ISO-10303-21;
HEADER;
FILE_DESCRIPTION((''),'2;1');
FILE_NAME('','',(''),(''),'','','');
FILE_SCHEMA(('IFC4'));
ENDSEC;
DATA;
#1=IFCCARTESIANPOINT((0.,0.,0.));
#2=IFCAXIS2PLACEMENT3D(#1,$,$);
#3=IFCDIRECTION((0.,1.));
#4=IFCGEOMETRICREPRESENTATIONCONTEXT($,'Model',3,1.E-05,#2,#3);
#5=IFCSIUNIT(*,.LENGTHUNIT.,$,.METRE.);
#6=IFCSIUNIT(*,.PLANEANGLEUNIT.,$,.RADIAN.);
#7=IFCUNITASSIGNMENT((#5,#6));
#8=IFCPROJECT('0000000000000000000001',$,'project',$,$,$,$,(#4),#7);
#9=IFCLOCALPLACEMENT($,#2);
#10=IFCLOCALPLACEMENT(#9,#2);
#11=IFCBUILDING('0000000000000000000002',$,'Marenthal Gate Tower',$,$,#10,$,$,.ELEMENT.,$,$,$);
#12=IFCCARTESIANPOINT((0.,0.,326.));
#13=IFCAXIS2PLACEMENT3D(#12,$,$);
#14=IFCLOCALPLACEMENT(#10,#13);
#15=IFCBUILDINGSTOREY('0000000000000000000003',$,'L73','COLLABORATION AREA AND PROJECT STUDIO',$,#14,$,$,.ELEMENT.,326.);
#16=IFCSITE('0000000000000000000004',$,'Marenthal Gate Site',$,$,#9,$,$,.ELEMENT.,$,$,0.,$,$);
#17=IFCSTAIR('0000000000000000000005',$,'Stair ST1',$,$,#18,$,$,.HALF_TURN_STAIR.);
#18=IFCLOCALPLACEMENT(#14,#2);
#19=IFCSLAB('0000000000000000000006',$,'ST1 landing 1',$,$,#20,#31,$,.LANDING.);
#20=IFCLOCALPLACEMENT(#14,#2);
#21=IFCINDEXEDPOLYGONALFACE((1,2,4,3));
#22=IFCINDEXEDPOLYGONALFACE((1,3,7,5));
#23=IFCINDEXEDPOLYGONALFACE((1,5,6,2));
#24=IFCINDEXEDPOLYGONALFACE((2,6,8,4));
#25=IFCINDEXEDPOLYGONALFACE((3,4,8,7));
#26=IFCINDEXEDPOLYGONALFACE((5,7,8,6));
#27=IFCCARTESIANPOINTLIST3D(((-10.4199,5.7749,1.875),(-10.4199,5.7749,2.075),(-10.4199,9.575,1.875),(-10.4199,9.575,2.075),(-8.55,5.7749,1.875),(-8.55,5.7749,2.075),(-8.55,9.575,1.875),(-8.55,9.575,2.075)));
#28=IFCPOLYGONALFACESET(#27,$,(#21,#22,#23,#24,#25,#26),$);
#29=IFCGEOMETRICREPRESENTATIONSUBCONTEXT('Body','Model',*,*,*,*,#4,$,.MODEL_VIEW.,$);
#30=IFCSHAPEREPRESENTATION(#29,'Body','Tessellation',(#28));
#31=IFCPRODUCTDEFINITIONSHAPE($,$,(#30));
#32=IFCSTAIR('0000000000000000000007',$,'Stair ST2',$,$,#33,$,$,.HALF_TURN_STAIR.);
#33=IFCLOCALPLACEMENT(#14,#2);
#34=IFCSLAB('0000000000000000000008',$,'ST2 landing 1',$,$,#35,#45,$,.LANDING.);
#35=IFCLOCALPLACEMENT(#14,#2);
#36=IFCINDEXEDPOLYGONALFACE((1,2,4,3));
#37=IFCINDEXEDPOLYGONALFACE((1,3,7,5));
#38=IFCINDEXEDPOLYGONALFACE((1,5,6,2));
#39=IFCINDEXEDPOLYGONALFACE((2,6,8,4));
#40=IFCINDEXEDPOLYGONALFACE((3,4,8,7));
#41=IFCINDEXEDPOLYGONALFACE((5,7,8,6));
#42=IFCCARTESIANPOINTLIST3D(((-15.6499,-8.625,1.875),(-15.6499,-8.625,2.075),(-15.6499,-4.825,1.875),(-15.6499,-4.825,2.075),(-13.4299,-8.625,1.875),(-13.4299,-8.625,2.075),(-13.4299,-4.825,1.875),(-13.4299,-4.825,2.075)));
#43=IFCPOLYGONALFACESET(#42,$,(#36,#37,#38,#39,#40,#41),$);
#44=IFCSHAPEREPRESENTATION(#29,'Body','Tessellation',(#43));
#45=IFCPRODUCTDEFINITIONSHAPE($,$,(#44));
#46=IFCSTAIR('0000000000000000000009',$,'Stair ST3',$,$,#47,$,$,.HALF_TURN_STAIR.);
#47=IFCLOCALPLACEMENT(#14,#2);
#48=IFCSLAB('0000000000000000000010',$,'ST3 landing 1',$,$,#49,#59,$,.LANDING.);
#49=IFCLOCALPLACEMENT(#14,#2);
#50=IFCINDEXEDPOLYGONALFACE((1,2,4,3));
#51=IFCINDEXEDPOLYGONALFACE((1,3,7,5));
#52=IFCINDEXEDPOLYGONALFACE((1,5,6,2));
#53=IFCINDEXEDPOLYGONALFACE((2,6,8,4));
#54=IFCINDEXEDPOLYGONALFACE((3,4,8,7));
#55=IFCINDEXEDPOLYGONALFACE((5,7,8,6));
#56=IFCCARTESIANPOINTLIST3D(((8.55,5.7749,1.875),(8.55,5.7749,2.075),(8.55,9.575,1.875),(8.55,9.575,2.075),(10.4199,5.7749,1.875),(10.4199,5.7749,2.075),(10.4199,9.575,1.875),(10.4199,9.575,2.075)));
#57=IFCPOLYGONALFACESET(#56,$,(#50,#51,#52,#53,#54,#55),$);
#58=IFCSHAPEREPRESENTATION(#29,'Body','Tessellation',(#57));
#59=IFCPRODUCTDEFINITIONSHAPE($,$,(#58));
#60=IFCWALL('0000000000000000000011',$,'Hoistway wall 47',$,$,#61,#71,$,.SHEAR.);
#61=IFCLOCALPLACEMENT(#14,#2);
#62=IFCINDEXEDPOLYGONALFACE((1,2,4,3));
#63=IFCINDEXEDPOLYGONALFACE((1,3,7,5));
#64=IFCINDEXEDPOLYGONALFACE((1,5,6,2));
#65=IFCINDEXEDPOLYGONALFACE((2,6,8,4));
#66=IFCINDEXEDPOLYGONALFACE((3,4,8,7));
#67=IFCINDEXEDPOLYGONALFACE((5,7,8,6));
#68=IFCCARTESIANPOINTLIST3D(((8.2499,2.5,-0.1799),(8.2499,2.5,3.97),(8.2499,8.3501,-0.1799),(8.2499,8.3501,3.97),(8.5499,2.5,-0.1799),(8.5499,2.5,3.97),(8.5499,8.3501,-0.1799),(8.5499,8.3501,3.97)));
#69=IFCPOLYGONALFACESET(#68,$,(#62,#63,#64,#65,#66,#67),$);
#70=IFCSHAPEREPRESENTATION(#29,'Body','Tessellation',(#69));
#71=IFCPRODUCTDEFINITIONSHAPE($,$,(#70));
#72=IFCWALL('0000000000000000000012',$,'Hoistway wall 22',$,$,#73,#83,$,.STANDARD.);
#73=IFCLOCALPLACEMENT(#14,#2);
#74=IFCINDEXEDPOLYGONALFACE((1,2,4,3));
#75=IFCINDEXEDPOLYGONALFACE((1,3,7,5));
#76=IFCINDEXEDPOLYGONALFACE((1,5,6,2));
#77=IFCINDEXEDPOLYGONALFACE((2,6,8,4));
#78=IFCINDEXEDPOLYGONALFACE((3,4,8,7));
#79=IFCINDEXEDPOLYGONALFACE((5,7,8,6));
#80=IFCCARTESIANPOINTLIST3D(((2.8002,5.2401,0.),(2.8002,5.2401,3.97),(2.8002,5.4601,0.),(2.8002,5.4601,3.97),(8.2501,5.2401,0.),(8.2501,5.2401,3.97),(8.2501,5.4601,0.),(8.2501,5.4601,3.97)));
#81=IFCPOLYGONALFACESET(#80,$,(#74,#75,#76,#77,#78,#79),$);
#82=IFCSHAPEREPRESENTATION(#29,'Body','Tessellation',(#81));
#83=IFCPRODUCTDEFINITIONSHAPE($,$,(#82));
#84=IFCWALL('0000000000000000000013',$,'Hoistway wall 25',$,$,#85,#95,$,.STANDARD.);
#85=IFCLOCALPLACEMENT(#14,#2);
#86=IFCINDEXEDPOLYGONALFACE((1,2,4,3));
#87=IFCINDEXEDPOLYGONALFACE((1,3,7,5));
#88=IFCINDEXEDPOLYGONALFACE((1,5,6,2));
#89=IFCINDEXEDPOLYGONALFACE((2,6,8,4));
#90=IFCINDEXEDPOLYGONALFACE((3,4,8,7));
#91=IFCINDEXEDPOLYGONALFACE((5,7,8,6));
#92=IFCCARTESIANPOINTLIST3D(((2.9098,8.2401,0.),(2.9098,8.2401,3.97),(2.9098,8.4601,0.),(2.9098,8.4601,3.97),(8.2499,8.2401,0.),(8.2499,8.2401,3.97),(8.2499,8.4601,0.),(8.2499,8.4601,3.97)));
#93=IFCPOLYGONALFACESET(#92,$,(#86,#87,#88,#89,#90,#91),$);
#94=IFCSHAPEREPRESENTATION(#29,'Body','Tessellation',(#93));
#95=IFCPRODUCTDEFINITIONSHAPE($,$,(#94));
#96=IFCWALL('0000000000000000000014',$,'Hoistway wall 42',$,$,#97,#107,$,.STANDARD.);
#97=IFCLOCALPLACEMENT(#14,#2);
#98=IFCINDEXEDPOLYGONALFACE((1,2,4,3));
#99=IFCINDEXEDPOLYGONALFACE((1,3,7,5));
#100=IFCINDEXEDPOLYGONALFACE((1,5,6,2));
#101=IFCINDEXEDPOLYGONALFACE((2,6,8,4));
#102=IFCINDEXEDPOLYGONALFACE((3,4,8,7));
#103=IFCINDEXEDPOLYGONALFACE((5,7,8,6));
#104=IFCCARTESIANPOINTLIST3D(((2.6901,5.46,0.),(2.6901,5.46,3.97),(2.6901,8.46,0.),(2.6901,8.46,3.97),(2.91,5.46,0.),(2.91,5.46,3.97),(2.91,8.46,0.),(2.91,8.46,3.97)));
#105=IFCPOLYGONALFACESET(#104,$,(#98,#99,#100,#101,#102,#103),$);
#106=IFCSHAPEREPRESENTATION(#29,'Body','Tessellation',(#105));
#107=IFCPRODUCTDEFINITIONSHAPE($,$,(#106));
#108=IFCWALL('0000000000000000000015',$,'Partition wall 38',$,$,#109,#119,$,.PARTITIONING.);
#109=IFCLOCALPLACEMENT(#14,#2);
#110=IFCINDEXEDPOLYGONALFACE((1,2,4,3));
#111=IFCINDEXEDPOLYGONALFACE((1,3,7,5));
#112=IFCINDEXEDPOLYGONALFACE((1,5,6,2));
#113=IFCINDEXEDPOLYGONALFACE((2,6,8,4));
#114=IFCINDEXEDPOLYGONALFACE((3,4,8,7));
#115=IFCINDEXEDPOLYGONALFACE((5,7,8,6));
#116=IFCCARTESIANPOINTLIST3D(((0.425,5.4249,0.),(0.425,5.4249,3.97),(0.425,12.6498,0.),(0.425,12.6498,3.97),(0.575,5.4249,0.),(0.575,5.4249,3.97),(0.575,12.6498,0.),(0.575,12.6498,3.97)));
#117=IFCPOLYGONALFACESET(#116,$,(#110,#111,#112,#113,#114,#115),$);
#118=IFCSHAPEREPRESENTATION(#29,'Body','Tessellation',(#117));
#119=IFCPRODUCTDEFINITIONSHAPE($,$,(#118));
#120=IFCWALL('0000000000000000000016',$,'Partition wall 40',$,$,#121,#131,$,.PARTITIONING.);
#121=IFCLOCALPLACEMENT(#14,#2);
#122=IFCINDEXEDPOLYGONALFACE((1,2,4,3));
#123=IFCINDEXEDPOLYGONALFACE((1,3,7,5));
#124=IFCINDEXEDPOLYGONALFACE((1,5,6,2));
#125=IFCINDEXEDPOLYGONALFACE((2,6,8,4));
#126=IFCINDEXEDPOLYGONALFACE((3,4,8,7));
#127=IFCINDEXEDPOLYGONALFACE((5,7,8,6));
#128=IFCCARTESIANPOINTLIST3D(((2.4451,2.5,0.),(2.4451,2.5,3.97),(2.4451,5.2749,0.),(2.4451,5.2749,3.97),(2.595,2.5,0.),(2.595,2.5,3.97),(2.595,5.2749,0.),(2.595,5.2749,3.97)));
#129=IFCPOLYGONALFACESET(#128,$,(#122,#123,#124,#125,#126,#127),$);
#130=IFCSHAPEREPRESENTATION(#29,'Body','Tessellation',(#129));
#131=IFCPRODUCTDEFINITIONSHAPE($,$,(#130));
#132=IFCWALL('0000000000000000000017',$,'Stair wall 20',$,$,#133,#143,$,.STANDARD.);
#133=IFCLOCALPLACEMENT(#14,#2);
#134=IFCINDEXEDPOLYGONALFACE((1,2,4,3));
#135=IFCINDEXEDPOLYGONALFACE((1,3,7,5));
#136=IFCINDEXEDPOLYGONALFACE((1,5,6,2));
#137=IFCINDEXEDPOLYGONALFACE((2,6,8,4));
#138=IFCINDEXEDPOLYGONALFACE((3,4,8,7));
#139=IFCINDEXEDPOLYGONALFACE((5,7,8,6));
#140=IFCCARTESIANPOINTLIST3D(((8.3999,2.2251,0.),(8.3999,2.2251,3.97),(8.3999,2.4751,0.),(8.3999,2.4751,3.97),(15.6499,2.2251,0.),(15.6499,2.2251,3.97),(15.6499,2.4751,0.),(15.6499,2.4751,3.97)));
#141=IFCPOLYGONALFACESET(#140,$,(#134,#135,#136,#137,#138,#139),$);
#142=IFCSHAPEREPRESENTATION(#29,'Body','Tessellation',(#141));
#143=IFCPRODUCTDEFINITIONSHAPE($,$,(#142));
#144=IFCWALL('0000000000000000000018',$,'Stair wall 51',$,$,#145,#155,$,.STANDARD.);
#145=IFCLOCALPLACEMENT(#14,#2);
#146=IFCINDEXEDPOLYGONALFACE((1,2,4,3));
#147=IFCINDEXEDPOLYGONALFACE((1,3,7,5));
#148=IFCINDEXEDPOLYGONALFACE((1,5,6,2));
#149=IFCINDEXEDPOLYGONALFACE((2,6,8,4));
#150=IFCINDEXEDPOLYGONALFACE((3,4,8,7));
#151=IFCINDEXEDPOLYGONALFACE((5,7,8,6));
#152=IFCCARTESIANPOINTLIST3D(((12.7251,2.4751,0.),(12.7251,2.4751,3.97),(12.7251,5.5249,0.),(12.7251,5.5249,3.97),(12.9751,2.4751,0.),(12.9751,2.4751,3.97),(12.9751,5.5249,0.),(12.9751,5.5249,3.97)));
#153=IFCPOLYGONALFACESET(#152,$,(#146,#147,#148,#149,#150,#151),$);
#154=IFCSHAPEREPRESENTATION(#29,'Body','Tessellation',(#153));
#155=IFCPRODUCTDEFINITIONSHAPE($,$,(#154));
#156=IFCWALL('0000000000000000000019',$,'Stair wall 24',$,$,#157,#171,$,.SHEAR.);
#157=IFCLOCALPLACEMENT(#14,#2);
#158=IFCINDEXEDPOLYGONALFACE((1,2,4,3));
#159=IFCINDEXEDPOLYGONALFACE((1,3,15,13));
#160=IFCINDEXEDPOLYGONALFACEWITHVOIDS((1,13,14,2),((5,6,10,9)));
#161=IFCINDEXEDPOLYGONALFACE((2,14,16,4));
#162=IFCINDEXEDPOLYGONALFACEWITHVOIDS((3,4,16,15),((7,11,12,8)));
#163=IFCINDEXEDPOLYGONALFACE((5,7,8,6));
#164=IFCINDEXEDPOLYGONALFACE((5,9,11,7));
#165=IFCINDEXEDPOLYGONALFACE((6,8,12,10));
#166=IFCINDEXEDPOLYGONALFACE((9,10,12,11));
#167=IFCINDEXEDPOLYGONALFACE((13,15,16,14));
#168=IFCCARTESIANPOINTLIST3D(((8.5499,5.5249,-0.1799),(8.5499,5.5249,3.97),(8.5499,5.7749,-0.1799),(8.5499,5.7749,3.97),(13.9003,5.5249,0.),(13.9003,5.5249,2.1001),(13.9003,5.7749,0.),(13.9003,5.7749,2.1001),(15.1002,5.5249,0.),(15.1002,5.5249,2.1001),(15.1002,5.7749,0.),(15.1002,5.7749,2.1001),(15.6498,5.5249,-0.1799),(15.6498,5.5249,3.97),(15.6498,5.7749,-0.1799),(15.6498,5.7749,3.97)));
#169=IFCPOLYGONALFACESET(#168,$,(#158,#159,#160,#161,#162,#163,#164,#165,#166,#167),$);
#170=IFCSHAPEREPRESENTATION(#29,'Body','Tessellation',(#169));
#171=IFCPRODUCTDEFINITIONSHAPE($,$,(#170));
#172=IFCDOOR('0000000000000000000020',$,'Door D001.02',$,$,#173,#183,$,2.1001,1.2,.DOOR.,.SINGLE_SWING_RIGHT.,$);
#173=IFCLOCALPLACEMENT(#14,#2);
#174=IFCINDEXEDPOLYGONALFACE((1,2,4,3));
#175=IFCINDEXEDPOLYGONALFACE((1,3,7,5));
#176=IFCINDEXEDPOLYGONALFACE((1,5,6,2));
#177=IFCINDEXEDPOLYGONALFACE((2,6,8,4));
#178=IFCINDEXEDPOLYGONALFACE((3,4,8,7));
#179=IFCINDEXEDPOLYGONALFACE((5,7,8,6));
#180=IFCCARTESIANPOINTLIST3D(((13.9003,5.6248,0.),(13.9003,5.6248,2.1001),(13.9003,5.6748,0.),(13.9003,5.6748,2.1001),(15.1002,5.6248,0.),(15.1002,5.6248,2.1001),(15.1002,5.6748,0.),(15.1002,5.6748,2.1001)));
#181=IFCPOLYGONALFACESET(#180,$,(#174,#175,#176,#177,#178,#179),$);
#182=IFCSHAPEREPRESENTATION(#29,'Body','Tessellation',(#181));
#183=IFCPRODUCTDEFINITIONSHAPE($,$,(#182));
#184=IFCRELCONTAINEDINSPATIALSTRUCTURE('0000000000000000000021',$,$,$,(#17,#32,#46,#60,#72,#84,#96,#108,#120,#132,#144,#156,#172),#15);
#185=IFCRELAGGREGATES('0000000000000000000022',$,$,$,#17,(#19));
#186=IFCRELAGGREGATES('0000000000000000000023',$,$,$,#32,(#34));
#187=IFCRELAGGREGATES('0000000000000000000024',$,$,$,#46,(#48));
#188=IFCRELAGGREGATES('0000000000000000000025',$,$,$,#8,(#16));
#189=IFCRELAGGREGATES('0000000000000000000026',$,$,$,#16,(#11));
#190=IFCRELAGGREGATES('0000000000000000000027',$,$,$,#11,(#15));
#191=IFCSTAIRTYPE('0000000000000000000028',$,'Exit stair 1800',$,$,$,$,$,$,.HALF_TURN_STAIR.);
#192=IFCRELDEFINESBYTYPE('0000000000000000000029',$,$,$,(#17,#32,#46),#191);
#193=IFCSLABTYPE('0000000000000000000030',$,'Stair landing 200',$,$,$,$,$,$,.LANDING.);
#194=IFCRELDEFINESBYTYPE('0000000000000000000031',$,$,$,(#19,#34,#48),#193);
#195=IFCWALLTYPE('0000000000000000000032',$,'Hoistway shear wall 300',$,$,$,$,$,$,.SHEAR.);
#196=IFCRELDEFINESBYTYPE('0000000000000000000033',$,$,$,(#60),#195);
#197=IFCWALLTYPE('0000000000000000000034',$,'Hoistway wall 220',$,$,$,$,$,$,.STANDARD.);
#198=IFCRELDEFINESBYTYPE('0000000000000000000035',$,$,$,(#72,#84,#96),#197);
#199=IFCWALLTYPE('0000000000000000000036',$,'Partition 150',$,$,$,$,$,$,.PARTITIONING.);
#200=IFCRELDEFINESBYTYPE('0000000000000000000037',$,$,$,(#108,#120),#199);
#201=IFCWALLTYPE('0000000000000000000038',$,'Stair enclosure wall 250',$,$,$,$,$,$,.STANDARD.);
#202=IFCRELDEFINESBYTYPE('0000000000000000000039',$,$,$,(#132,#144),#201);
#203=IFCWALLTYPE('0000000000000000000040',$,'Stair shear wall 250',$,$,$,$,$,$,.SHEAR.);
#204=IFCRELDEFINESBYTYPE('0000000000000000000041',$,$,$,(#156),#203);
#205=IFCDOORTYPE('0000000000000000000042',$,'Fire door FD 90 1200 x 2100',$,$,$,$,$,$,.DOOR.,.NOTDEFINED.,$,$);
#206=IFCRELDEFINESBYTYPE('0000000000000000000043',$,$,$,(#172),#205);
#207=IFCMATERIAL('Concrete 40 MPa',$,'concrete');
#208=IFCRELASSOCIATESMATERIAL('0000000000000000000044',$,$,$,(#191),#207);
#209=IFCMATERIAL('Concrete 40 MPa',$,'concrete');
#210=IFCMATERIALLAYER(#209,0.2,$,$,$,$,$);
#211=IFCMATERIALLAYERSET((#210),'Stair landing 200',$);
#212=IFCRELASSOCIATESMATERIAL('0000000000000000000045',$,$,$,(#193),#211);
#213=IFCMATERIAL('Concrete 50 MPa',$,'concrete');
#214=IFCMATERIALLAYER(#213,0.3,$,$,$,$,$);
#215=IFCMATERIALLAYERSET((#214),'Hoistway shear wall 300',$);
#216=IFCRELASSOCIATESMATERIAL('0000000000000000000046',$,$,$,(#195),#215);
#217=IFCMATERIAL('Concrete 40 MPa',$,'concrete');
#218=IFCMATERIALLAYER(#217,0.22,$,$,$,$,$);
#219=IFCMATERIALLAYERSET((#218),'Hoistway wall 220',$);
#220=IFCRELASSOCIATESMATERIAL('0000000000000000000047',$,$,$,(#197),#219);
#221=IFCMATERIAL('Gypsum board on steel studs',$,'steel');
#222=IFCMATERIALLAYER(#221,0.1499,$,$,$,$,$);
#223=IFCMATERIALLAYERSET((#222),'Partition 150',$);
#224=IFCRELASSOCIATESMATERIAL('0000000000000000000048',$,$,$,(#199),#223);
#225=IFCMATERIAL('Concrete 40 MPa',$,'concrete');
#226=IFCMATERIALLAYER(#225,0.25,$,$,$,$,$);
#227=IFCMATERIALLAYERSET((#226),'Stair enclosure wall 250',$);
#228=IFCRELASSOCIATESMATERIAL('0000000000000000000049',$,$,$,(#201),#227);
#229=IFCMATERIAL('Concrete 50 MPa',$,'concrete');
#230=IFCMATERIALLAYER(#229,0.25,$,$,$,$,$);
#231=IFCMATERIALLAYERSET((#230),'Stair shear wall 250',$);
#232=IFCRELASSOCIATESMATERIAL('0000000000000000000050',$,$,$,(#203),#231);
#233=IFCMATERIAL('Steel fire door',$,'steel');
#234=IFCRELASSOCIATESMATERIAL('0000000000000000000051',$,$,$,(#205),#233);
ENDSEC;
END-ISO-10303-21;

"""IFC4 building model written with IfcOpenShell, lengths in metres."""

from ifc_helpers import new_model, si_unit, direction, frame, frame_2d, origin, place, context, subcontext, project, spatial, polyline, rectangle, outline, extrude, material, layer, layer_set, type_object, element, fill, aggregate, save


model = new_model("IFC4")

# Units and contexts
model_context = context("Model", 3, precision=1e-05, world=origin(), true_north=direction((0.0, 1.0)))
body_context = subcontext(model_context, "Body", "Model", "MODEL_VIEW")
ifc_project = project(units=[si_unit("LENGTHUNIT", "METRE"), si_unit("PLANEANGLEUNIT", "RADIAN")], contexts=[model_context])

# Site, building, storey
site_placement = place(None, origin())
site = spatial("IfcSite", under=ifc_project, at=site_placement, Name="Marenthal Gate Site", CompositionType="ELEMENT", RefElevation=0.0)
building_placement = place(site_placement, origin())
building = spatial("IfcBuilding", under=site, at=building_placement, Name="Marenthal Gate Tower", CompositionType="ELEMENT")
storey_placement = place(building_placement, frame((0.0, 0.0, 326.0)))
storey = spatial("IfcBuildingStorey", under=building, at=storey_placement, Name="L73", Description="COLLABORATION AREA AND PROJECT STUDIO", CompositionType="ELEMENT", Elevation=326.0)

# Stairs, slabs
ifc_material_1 = material(Name="Concrete 40 MPa", Category="concrete")
stair_type = type_object("IfcStairType", Name="Exit stair 1800", PredefinedType="HALF_TURN_STAIR", material=ifc_material_1)
stair_1_placement = place(storey_placement, origin())
stair_1 = element("IfcStair", 1, at=stair_1_placement, inside=storey, type_object=stair_type, Name="Stair ST1", PredefinedType="HALF_TURN_STAIR")
ifc_material_2 = material(Name="Concrete 40 MPa", Category="concrete")
ifc_layer_1 = layer(ifc_material_2, 0.2)
ifc_layer_set_1 = layer_set([ifc_layer_1], Name="Stair landing 200")
slab_type = type_object("IfcSlabType", Name="Stair landing 200", PredefinedType="LANDING", material=ifc_layer_set_1)
slab_1_placement = place(storey_placement, frame((0.0, 0.0, 1.875)))
slab_1 = element("IfcSlab", 2, at=slab_1_placement, type_object=slab_type, Name="ST1 landing 1", PredefinedType="LANDING", context=body_context, shape_type="SweptSolid", body=[
    extrude(outline(polyline([(-10.4199, 5.7749), (-8.55, 5.7749), (-8.55, 9.575), (-10.4199, 9.575), (-10.4199, 5.7749)])), origin(), (0.0, 0.0, 1.0), 0.2),
])
aggregate(stair_1, [slab_1])
stair_2_placement = place(storey_placement, origin())
stair_2 = element("IfcStair", 3, at=stair_2_placement, inside=storey, type_object=stair_type, Name="Stair ST2", PredefinedType="HALF_TURN_STAIR")
slab_2_placement = place(storey_placement, frame((0.0, 0.0, 1.875)))
slab_2 = element("IfcSlab", 4, at=slab_2_placement, type_object=slab_type, Name="ST2 landing 1", PredefinedType="LANDING", context=body_context, shape_type="SweptSolid", body=[
    extrude(outline(polyline([(-15.6499, -8.625), (-13.4299, -8.625), (-13.4299, -4.825), (-15.6499, -4.825), (-15.6499, -8.625)])), origin(), (0.0, 0.0, 1.0), 0.2),
])
aggregate(stair_2, [slab_2])
stair_3_placement = place(storey_placement, origin())
stair_3 = element("IfcStair", 5, at=stair_3_placement, inside=storey, type_object=stair_type, Name="Stair ST3", PredefinedType="HALF_TURN_STAIR")
slab_3_placement = place(storey_placement, frame((0.0, 0.0, 1.875)))
slab_3 = element("IfcSlab", 6, at=slab_3_placement, type_object=slab_type, Name="ST3 landing 1", PredefinedType="LANDING", context=body_context, shape_type="SweptSolid", body=[
    extrude(outline(polyline([(8.55, 5.7749), (10.4199, 5.7749), (10.4199, 9.575), (8.55, 9.575), (8.55, 5.7749)])), origin(), (0.0, 0.0, 1.0), 0.2),
])

# Walls
ifc_material_3 = material(Name="Concrete 50 MPa", Category="concrete")
ifc_layer_2 = layer(ifc_material_3, 0.3)
ifc_layer_set_2 = layer_set([ifc_layer_2], Name="Hoistway shear wall 300")
wall_type_1 = type_object("IfcWallType", Name="Hoistway shear wall 300", PredefinedType="SHEAR", material=ifc_layer_set_2)
wall_1_placement = place(storey_placement, frame((8.3999, 2.5, -0.1799), z_axis=(0.0, 0.0, 1.0), x_axis=(0.0, 1.0, 0.0)))
element("IfcWall", 7, at=wall_1_placement, inside=storey, type_object=wall_type_1, Name="Hoistway wall 47", PredefinedType="SHEAR", context=body_context, shape_type="SweptSolid", body=[
    extrude(rectangle(XDim=5.8501, YDim=0.3, at=frame_2d((2.925, 0.0))), origin(), (0.0, 0.0, 1.0), 4.1499),
])
ifc_material_4 = material(Name="Concrete 40 MPa", Category="concrete")
ifc_layer_3 = layer(ifc_material_4, 0.22)
ifc_layer_set_3 = layer_set([ifc_layer_3], Name="Hoistway wall 220")
wall_type_2 = type_object("IfcWallType", Name="Hoistway wall 220", PredefinedType="STANDARD", material=ifc_layer_set_3)
wall_2_placement = place(storey_placement, frame((2.8, 5.3501, 0.0), z_axis=(0.0, 0.0, 1.0), x_axis=(1.0, 0.0, 0.0)))
element("IfcWall", 8, at=wall_2_placement, inside=storey, type_object=wall_type_2, Name="Hoistway wall 22", PredefinedType="STANDARD", context=body_context, shape_type="SweptSolid", body=[
    extrude(rectangle(XDim=5.45, YDim=0.22, at=frame_2d((2.7251, 0.0))), origin(), (0.0, 0.0, 1.0), 3.97),
])
wall_3_placement = place(storey_placement, frame((2.9099, 8.3501, 0.0), z_axis=(0.0, 0.0, 1.0), x_axis=(1.0, 0.0, 0.0)))
element("IfcWall", 9, at=wall_3_placement, inside=storey, type_object=wall_type_2, Name="Hoistway wall 25", PredefinedType="STANDARD", context=body_context, shape_type="SweptSolid", body=[
    extrude(rectangle(XDim=5.3401, YDim=0.22, at=frame_2d((2.6699, 0.0))), origin(), (0.0, 0.0, 1.0), 3.97),
])
wall_4_placement = place(storey_placement, frame((2.8, 5.46, 0.0), z_axis=(0.0, 0.0, 1.0), x_axis=(0.0, 1.0, 0.0)))
element("IfcWall", 10, at=wall_4_placement, inside=storey, type_object=wall_type_2, Name="Hoistway wall 42", PredefinedType="STANDARD", context=body_context, shape_type="SweptSolid", body=[
    extrude(rectangle(XDim=3.0, YDim=0.22, at=frame_2d((1.5, 0.0))), origin(), (0.0, 0.0, 1.0), 3.97),
])
ifc_material_5 = material(Name="Gypsum board on steel studs", Category="steel")
ifc_layer_4 = layer(ifc_material_5, 0.1499)
ifc_layer_set_4 = layer_set([ifc_layer_4], Name="Partition 150")
wall_type_3 = type_object("IfcWallType", Name="Partition 150", PredefinedType="PARTITIONING", material=ifc_layer_set_4)
wall_5_placement = place(storey_placement, frame((0.5, 5.425, 0.0), z_axis=(0.0, 0.0, 1.0), x_axis=(0.0, 1.0, 0.0)))
element("IfcWall", 11, at=wall_5_placement, inside=storey, type_object=wall_type_3, Name="Partition wall 38", PredefinedType="PARTITIONING", context=body_context, shape_type="SweptSolid", body=[
    extrude(rectangle(XDim=7.2249, YDim=0.1499, at=frame_2d((3.6123, 0.0))), origin(), (0.0, 0.0, 1.0), 3.97),
])
wall_6_placement = place(storey_placement, frame((2.52, 2.5, 0.0), z_axis=(0.0, 0.0, 1.0), x_axis=(0.0, 1.0, 0.0)))
element("IfcWall", 12, at=wall_6_placement, inside=storey, type_object=wall_type_3, Name="Partition wall 40", PredefinedType="PARTITIONING", context=body_context, shape_type="SweptSolid", body=[
    extrude(rectangle(XDim=2.7749, YDim=0.1499, at=frame_2d((1.3875, 0.0))), origin(), (0.0, 0.0, 1.0), 3.97),
])
ifc_material_6 = material(Name="Concrete 40 MPa", Category="concrete")
ifc_layer_5 = layer(ifc_material_6, 0.25)
ifc_layer_set_5 = layer_set([ifc_layer_5], Name="Stair enclosure wall 250")
wall_type_4 = type_object("IfcWallType", Name="Stair enclosure wall 250", PredefinedType="STANDARD", material=ifc_layer_set_5)
wall_7_placement = place(storey_placement, frame((8.3999, 2.3501, 0.0), z_axis=(0.0, 0.0, 1.0), x_axis=(1.0, 0.0, 0.0)))
element("IfcWall", 13, at=wall_7_placement, inside=storey, type_object=wall_type_4, Name="Stair wall 20", PredefinedType="STANDARD", context=body_context, shape_type="SweptSolid", body=[
    extrude(rectangle(XDim=7.25, YDim=0.25, at=frame_2d((3.625, 0.0))), origin(), (0.0, 0.0, 1.0), 3.97),
])
wall_8_placement = place(storey_placement, frame((12.8501, 2.4751, 0.0), z_axis=(0.0, 0.0, 1.0), x_axis=(0.0, 1.0, 0.0)))
element("IfcWall", 14, at=wall_8_placement, inside=storey, type_object=wall_type_4, Name="Stair wall 51", PredefinedType="STANDARD", context=body_context, shape_type="SweptSolid", body=[
    extrude(rectangle(XDim=3.0498, YDim=0.25, at=frame_2d((1.5249, 0.0))), origin(), (0.0, 0.0, 1.0), 3.97),
])

# Wall, opening, door
ifc_material_7 = material(Name="Concrete 50 MPa", Category="concrete")
ifc_layer_6 = layer(ifc_material_7, 0.25)
ifc_layer_set_6 = layer_set([ifc_layer_6], Name="Stair shear wall 250")
wall_type_5 = type_object("IfcWallType", Name="Stair shear wall 250", PredefinedType="SHEAR", material=ifc_layer_set_6)
wall_9_placement = place(storey_placement, frame((8.55, 5.6499, -0.1799), z_axis=(0.0, 0.0, 1.0), x_axis=(1.0, 0.0, 0.0)))
wall_9 = element("IfcWall", 15, at=wall_9_placement, inside=storey, type_object=wall_type_5, Name="Stair wall 24", PredefinedType="SHEAR", context=body_context, shape_type="SweptSolid", body=[
    extrude(rectangle(XDim=7.0999, YDim=0.25, at=frame_2d((3.5498, 0.0))), origin(), (0.0, 0.0, 1.0), 4.1499),
])
opening_placement = place(wall_9_placement, frame((5.3501, 0.0, 0.1799)))
opening = element("IfcOpeningElement", 16, at=opening_placement, cuts=wall_9, PredefinedType="OPENING", context=body_context, shape_type="SweptSolid", body=[
    extrude(rectangle(XDim=1.2, YDim=2.1001, at=frame_2d((0.6001, 1.05))), frame((0.0, 0.135, 0.0), z_axis=(0.0, -1.0, 0.0), x_axis=(1.0, 0.0, 0.0)), (0.0, 0.0, 1.0), 0.27),
])
ifc_material_8 = material(Name="Steel fire door", Category="steel")
door_type = type_object("IfcDoorType", Name="Fire door FD 90 1200 x 2100", OperationType="NOTDEFINED", PredefinedType="DOOR", material=ifc_material_8)
door_placement = place(opening_placement, origin())
door = element("IfcDoor", 17, at=door_placement, inside=storey, type_object=door_type, Name="Door D001.02", OperationType="SINGLE_SWING_RIGHT", OverallHeight=2.1001, OverallWidth=1.2, PredefinedType="DOOR", context=body_context, shape_type="SweptSolid", body=[
    extrude(rectangle(XDim=1.2, YDim=2.1001, at=frame_2d((0.6001, 1.05))), frame((0.0, 0.0249, 0.0), z_axis=(0.0, -1.0, 0.0), x_axis=(1.0, 0.0, 0.0)), (0.0, 0.0, 1.0), 0.05),
])
fill(opening, door)

aggregate(stair_3, [slab_3])

save(model, "model.ifc")
